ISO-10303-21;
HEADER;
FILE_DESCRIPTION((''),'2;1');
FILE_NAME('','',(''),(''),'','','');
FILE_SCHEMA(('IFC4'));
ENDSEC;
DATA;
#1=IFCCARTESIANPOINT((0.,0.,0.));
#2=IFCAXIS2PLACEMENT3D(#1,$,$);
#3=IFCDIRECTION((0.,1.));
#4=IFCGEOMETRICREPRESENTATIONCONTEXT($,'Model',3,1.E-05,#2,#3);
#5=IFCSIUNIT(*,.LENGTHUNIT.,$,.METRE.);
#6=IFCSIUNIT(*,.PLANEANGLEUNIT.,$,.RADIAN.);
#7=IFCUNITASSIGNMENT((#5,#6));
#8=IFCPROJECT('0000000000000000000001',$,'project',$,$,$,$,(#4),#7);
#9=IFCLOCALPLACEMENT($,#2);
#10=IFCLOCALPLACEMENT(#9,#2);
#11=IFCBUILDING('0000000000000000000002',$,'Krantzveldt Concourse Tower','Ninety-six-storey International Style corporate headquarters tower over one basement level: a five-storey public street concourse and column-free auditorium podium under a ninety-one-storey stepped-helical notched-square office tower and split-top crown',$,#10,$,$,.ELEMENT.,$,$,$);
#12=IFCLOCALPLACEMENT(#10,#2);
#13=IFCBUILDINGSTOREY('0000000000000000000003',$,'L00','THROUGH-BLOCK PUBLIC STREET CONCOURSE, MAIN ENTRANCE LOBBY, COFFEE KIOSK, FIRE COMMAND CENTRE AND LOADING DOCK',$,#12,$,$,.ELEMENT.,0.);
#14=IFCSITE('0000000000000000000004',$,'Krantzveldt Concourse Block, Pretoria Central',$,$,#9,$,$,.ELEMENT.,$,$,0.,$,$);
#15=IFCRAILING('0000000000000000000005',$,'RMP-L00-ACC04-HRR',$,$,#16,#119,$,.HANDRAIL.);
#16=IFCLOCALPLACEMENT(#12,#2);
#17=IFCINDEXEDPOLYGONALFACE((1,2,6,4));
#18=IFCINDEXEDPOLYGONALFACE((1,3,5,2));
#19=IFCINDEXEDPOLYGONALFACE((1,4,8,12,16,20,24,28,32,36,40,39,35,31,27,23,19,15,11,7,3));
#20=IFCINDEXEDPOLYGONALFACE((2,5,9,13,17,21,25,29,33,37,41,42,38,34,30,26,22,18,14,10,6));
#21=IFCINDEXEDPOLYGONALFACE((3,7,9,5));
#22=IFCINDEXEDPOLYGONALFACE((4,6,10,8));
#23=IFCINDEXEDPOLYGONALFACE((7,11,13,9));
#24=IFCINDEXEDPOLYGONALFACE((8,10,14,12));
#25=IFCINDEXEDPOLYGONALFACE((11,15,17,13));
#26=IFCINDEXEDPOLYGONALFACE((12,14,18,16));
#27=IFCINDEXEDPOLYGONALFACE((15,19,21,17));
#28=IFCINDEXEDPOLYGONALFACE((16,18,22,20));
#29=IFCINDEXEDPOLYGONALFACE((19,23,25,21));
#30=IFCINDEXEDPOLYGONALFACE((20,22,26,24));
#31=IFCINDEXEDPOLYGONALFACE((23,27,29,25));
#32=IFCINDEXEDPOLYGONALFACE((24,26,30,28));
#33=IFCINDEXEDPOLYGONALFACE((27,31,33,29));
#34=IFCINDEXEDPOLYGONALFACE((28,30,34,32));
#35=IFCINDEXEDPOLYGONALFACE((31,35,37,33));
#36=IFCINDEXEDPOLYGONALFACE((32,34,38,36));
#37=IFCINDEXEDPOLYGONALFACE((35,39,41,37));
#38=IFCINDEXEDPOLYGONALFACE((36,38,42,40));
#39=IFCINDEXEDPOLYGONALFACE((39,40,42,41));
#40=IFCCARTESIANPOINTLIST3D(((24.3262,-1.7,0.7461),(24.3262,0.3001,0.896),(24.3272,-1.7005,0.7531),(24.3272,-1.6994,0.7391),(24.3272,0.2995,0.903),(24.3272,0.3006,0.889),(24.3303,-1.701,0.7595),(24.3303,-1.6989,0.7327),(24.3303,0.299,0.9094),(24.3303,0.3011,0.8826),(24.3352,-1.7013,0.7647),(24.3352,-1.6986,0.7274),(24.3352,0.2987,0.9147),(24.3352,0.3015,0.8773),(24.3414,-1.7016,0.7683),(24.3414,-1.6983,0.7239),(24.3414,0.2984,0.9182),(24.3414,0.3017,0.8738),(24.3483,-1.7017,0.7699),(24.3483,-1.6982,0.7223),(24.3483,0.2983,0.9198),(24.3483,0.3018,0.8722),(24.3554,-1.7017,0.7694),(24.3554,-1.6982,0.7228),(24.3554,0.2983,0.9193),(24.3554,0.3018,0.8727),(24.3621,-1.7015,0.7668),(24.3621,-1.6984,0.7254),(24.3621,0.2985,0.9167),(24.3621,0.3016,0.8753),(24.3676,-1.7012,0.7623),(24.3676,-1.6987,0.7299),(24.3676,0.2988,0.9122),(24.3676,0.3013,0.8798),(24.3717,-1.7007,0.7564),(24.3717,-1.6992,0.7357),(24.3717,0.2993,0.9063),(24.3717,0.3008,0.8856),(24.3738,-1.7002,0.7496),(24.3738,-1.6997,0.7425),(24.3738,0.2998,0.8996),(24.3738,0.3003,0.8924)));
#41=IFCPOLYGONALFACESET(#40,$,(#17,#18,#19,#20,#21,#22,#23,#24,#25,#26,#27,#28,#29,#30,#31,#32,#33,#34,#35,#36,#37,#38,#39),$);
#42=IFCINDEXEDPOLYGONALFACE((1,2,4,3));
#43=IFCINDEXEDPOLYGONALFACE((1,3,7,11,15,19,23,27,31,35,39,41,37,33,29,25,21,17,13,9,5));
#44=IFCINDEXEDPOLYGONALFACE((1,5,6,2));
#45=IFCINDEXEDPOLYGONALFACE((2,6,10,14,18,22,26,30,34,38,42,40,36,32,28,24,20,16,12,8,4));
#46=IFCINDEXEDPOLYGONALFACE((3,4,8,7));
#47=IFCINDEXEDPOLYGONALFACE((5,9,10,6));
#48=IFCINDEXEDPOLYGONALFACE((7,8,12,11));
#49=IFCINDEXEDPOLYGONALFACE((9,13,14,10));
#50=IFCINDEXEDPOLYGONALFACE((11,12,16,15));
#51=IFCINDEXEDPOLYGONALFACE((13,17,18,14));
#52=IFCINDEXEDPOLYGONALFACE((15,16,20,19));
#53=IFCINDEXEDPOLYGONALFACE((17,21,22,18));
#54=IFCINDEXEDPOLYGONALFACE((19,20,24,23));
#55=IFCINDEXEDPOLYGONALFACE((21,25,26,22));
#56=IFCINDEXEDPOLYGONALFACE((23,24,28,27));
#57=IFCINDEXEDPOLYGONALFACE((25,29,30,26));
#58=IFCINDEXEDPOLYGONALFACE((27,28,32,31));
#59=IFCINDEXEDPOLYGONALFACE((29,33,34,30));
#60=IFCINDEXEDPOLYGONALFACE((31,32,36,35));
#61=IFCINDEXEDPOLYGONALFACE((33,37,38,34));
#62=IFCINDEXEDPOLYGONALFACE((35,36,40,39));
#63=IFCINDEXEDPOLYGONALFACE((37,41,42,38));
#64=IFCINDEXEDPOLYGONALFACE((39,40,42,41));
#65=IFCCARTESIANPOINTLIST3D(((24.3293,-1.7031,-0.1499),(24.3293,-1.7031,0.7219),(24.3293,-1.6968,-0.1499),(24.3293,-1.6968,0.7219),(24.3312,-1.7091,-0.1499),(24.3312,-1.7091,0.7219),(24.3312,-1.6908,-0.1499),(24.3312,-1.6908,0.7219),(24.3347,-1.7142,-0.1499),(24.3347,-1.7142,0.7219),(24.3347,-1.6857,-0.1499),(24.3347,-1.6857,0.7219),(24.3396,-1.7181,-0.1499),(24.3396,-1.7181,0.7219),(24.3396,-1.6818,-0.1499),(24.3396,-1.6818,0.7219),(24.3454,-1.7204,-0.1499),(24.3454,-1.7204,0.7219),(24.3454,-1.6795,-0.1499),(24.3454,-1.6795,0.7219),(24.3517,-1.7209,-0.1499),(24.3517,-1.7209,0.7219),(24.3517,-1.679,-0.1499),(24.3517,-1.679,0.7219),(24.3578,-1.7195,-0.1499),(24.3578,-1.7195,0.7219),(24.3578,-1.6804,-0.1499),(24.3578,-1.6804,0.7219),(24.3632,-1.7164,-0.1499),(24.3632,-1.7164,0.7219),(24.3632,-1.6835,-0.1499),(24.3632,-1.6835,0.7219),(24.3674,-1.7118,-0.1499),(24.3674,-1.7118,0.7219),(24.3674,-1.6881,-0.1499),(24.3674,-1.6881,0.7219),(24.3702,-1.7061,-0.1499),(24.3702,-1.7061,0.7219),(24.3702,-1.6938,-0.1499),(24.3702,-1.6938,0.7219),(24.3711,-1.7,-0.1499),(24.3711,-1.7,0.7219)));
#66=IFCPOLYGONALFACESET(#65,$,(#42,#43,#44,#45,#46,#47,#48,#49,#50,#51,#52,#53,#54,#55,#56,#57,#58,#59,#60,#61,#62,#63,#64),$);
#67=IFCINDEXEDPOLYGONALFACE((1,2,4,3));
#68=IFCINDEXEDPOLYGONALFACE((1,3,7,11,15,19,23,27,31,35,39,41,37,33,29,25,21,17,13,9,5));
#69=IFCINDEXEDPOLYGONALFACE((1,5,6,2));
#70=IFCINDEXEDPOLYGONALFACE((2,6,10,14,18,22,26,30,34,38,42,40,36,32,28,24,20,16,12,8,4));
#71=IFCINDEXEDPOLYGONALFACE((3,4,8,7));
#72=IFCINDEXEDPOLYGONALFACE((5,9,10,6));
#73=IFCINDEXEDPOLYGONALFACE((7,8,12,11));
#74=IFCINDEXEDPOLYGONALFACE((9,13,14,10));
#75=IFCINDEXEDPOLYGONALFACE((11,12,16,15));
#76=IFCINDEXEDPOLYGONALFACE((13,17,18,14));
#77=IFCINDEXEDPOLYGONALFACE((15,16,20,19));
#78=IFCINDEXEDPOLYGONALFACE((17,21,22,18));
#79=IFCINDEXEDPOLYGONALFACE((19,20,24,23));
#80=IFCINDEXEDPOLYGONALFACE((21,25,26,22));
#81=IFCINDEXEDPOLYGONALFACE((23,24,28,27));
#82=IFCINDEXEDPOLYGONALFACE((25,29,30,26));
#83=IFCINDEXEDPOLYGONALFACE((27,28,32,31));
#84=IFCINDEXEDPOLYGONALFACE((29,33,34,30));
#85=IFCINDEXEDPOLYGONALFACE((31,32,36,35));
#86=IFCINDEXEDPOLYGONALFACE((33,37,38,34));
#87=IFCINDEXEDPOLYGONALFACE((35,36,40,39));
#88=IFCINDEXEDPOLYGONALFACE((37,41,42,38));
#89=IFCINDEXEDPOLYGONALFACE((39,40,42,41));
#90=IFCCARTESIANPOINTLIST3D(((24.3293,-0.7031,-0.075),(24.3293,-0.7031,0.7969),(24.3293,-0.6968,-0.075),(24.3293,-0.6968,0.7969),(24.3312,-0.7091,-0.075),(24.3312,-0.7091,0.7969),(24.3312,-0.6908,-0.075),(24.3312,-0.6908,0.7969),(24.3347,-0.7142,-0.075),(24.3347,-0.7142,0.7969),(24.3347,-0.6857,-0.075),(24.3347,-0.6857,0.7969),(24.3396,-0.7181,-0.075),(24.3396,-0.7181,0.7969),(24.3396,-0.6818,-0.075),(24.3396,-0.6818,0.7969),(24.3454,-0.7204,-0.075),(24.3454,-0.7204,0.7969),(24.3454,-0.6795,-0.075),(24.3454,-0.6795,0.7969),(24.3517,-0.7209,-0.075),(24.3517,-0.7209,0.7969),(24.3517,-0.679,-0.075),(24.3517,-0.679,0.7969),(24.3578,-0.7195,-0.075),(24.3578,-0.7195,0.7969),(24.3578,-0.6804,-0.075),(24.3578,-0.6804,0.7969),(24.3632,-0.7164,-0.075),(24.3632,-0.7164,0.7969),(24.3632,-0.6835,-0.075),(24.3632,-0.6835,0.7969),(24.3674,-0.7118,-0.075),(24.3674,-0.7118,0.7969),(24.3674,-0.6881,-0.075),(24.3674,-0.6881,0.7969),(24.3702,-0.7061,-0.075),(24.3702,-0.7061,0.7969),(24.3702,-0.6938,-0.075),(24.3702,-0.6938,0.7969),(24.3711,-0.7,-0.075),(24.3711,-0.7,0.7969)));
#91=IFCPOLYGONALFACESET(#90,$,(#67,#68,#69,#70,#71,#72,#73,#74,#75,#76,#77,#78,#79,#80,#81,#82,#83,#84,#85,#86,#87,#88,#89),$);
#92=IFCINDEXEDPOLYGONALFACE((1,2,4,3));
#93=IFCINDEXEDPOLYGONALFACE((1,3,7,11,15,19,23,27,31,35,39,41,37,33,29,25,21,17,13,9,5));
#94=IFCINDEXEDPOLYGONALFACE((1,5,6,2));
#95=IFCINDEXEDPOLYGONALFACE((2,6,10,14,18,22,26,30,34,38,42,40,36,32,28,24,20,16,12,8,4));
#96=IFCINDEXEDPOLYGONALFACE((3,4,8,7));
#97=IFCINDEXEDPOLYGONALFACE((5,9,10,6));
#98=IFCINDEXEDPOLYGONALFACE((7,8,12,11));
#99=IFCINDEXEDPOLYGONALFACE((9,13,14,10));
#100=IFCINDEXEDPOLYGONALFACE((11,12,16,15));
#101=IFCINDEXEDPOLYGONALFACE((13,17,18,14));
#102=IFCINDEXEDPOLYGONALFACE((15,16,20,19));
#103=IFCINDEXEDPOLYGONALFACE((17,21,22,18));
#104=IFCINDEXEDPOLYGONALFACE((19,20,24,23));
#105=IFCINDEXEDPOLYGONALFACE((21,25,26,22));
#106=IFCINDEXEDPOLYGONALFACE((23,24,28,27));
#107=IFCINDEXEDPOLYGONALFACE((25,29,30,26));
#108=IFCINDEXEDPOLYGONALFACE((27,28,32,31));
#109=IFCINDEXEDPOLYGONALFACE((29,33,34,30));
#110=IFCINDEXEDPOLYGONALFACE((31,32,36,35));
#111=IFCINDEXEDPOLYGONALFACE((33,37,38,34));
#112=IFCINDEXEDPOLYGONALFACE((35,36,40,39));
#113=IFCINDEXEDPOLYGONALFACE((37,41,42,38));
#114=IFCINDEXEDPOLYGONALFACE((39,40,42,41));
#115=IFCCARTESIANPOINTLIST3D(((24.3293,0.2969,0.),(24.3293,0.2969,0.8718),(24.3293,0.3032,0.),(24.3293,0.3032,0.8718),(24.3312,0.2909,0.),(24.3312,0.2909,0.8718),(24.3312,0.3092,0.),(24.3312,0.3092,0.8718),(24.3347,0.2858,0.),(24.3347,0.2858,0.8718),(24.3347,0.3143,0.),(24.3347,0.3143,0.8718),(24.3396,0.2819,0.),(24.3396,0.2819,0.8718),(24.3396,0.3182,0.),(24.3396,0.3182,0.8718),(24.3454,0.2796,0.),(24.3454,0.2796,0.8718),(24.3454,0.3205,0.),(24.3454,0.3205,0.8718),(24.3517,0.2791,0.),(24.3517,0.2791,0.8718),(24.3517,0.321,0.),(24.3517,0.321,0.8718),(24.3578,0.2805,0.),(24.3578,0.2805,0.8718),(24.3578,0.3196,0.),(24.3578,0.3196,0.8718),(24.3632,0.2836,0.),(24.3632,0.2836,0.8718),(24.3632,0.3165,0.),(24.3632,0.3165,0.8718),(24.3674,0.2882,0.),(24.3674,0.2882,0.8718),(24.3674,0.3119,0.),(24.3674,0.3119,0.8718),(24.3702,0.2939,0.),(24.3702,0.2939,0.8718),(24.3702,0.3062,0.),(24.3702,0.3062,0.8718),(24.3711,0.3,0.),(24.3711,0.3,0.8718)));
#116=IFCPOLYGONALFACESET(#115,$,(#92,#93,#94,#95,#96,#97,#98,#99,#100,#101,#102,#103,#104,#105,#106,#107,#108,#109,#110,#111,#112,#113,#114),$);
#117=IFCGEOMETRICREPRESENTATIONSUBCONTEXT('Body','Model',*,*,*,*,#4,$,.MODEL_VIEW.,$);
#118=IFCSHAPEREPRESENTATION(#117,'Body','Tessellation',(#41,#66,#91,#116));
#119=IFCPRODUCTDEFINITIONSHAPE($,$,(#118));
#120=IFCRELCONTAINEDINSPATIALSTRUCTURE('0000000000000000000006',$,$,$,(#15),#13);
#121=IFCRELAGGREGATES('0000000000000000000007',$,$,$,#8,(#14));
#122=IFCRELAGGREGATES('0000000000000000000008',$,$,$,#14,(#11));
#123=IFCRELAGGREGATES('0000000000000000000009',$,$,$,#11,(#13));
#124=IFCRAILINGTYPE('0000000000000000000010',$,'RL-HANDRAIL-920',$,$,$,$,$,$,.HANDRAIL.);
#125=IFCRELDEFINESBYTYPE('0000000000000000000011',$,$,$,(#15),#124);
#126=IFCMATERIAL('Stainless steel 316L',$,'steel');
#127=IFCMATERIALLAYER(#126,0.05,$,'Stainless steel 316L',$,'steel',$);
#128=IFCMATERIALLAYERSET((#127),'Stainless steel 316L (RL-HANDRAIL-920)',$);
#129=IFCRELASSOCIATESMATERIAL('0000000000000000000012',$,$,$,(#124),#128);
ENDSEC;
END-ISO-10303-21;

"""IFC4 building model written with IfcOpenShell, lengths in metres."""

from ifc_helpers import new_model, si_unit, direction, frame, origin, origin_2d, place, context, subcontext, project, spatial, circle, extrude, material, layer, layer_set, type_object, element, save


model = new_model("IFC4")

# Units and contexts
model_context = context("Model", 3, precision=1e-05, world=origin(), true_north=direction((0.0, 1.0)))
body_context = subcontext(model_context, "Body", "Model", "MODEL_VIEW")
ifc_project = project(units=[si_unit("LENGTHUNIT", "METRE"), si_unit("PLANEANGLEUNIT", "RADIAN")], contexts=[model_context])

# Site, building, storey
site_placement = place(None, origin())
site = spatial("IfcSite", under=ifc_project, at=site_placement, Name="Krantzveldt Concourse Block, Pretoria Central", CompositionType="ELEMENT", RefElevation=0.0)
building_placement = place(site_placement, origin())
building = spatial("IfcBuilding", under=site, at=building_placement, Name="Krantzveldt Concourse Tower", Description="Ninety-six-storey International Style corporate headquarters tower over one basement level: a five-storey public street concourse and column-free auditorium podium under a ninety-one-storey stepped-helical notched-square office tower and split-top crown", CompositionType="ELEMENT")
storey_placement = place(building_placement, origin())
storey = spatial("IfcBuildingStorey", under=building, at=storey_placement, Name="L00", Description="THROUGH-BLOCK PUBLIC STREET CONCOURSE, MAIN ENTRANCE LOBBY, COFFEE KIOSK, FIRE COMMAND CENTRE AND LOADING DOCK", CompositionType="ELEMENT", Elevation=0.0)

# Railing
ifc_material_1 = material(Name="Stainless steel 316L", Category="steel")
ifc_layer_1 = layer(ifc_material_1, 0.05, Name="Stainless steel 316L", Category="steel")
ifc_layer_set_1 = layer_set([ifc_layer_1], Name="Stainless steel 316L (RL-HANDRAIL-920)")
railing_type = type_object("IfcRailingType", Name="RL-HANDRAIL-920", PredefinedType="HANDRAIL", material=ifc_layer_set_1)
for number, where, name in (
    (1, (24.3501, -1.7, -0.1499), "RMP-L00-ACC04-HRR"),
):
    element("IfcRailing", number, at=place(storey_placement, frame(where)), inside=storey, type_object=railing_type, Name=name, PredefinedType="HANDRAIL", context=body_context, shape_type="SweptSolid", body=[
        extrude(circle(Radius=0.0239, at=origin_2d()), frame((0.0, 0.0, 0.896), z_axis=(0.0, 0.997203, 0.074742), x_axis=(-1.0, 0.0, 0.0)), (0.0, 0.0, 1.0), 2.0056),
        extrude(circle(Radius=0.021, at=origin_2d()), origin(), (0.0, 0.0, 1.0), 0.8718),
        extrude(circle(Radius=0.021, at=origin_2d()), frame((0.0, 1.0, 0.075)), (0.0, 0.0, 1.0), 0.8718),
        extrude(circle(Radius=0.021, at=origin_2d()), frame((0.0, 2.0, 0.1499)), (0.0, 0.0, 1.0), 0.8718),
    ])

save(model, "model.ifc")
